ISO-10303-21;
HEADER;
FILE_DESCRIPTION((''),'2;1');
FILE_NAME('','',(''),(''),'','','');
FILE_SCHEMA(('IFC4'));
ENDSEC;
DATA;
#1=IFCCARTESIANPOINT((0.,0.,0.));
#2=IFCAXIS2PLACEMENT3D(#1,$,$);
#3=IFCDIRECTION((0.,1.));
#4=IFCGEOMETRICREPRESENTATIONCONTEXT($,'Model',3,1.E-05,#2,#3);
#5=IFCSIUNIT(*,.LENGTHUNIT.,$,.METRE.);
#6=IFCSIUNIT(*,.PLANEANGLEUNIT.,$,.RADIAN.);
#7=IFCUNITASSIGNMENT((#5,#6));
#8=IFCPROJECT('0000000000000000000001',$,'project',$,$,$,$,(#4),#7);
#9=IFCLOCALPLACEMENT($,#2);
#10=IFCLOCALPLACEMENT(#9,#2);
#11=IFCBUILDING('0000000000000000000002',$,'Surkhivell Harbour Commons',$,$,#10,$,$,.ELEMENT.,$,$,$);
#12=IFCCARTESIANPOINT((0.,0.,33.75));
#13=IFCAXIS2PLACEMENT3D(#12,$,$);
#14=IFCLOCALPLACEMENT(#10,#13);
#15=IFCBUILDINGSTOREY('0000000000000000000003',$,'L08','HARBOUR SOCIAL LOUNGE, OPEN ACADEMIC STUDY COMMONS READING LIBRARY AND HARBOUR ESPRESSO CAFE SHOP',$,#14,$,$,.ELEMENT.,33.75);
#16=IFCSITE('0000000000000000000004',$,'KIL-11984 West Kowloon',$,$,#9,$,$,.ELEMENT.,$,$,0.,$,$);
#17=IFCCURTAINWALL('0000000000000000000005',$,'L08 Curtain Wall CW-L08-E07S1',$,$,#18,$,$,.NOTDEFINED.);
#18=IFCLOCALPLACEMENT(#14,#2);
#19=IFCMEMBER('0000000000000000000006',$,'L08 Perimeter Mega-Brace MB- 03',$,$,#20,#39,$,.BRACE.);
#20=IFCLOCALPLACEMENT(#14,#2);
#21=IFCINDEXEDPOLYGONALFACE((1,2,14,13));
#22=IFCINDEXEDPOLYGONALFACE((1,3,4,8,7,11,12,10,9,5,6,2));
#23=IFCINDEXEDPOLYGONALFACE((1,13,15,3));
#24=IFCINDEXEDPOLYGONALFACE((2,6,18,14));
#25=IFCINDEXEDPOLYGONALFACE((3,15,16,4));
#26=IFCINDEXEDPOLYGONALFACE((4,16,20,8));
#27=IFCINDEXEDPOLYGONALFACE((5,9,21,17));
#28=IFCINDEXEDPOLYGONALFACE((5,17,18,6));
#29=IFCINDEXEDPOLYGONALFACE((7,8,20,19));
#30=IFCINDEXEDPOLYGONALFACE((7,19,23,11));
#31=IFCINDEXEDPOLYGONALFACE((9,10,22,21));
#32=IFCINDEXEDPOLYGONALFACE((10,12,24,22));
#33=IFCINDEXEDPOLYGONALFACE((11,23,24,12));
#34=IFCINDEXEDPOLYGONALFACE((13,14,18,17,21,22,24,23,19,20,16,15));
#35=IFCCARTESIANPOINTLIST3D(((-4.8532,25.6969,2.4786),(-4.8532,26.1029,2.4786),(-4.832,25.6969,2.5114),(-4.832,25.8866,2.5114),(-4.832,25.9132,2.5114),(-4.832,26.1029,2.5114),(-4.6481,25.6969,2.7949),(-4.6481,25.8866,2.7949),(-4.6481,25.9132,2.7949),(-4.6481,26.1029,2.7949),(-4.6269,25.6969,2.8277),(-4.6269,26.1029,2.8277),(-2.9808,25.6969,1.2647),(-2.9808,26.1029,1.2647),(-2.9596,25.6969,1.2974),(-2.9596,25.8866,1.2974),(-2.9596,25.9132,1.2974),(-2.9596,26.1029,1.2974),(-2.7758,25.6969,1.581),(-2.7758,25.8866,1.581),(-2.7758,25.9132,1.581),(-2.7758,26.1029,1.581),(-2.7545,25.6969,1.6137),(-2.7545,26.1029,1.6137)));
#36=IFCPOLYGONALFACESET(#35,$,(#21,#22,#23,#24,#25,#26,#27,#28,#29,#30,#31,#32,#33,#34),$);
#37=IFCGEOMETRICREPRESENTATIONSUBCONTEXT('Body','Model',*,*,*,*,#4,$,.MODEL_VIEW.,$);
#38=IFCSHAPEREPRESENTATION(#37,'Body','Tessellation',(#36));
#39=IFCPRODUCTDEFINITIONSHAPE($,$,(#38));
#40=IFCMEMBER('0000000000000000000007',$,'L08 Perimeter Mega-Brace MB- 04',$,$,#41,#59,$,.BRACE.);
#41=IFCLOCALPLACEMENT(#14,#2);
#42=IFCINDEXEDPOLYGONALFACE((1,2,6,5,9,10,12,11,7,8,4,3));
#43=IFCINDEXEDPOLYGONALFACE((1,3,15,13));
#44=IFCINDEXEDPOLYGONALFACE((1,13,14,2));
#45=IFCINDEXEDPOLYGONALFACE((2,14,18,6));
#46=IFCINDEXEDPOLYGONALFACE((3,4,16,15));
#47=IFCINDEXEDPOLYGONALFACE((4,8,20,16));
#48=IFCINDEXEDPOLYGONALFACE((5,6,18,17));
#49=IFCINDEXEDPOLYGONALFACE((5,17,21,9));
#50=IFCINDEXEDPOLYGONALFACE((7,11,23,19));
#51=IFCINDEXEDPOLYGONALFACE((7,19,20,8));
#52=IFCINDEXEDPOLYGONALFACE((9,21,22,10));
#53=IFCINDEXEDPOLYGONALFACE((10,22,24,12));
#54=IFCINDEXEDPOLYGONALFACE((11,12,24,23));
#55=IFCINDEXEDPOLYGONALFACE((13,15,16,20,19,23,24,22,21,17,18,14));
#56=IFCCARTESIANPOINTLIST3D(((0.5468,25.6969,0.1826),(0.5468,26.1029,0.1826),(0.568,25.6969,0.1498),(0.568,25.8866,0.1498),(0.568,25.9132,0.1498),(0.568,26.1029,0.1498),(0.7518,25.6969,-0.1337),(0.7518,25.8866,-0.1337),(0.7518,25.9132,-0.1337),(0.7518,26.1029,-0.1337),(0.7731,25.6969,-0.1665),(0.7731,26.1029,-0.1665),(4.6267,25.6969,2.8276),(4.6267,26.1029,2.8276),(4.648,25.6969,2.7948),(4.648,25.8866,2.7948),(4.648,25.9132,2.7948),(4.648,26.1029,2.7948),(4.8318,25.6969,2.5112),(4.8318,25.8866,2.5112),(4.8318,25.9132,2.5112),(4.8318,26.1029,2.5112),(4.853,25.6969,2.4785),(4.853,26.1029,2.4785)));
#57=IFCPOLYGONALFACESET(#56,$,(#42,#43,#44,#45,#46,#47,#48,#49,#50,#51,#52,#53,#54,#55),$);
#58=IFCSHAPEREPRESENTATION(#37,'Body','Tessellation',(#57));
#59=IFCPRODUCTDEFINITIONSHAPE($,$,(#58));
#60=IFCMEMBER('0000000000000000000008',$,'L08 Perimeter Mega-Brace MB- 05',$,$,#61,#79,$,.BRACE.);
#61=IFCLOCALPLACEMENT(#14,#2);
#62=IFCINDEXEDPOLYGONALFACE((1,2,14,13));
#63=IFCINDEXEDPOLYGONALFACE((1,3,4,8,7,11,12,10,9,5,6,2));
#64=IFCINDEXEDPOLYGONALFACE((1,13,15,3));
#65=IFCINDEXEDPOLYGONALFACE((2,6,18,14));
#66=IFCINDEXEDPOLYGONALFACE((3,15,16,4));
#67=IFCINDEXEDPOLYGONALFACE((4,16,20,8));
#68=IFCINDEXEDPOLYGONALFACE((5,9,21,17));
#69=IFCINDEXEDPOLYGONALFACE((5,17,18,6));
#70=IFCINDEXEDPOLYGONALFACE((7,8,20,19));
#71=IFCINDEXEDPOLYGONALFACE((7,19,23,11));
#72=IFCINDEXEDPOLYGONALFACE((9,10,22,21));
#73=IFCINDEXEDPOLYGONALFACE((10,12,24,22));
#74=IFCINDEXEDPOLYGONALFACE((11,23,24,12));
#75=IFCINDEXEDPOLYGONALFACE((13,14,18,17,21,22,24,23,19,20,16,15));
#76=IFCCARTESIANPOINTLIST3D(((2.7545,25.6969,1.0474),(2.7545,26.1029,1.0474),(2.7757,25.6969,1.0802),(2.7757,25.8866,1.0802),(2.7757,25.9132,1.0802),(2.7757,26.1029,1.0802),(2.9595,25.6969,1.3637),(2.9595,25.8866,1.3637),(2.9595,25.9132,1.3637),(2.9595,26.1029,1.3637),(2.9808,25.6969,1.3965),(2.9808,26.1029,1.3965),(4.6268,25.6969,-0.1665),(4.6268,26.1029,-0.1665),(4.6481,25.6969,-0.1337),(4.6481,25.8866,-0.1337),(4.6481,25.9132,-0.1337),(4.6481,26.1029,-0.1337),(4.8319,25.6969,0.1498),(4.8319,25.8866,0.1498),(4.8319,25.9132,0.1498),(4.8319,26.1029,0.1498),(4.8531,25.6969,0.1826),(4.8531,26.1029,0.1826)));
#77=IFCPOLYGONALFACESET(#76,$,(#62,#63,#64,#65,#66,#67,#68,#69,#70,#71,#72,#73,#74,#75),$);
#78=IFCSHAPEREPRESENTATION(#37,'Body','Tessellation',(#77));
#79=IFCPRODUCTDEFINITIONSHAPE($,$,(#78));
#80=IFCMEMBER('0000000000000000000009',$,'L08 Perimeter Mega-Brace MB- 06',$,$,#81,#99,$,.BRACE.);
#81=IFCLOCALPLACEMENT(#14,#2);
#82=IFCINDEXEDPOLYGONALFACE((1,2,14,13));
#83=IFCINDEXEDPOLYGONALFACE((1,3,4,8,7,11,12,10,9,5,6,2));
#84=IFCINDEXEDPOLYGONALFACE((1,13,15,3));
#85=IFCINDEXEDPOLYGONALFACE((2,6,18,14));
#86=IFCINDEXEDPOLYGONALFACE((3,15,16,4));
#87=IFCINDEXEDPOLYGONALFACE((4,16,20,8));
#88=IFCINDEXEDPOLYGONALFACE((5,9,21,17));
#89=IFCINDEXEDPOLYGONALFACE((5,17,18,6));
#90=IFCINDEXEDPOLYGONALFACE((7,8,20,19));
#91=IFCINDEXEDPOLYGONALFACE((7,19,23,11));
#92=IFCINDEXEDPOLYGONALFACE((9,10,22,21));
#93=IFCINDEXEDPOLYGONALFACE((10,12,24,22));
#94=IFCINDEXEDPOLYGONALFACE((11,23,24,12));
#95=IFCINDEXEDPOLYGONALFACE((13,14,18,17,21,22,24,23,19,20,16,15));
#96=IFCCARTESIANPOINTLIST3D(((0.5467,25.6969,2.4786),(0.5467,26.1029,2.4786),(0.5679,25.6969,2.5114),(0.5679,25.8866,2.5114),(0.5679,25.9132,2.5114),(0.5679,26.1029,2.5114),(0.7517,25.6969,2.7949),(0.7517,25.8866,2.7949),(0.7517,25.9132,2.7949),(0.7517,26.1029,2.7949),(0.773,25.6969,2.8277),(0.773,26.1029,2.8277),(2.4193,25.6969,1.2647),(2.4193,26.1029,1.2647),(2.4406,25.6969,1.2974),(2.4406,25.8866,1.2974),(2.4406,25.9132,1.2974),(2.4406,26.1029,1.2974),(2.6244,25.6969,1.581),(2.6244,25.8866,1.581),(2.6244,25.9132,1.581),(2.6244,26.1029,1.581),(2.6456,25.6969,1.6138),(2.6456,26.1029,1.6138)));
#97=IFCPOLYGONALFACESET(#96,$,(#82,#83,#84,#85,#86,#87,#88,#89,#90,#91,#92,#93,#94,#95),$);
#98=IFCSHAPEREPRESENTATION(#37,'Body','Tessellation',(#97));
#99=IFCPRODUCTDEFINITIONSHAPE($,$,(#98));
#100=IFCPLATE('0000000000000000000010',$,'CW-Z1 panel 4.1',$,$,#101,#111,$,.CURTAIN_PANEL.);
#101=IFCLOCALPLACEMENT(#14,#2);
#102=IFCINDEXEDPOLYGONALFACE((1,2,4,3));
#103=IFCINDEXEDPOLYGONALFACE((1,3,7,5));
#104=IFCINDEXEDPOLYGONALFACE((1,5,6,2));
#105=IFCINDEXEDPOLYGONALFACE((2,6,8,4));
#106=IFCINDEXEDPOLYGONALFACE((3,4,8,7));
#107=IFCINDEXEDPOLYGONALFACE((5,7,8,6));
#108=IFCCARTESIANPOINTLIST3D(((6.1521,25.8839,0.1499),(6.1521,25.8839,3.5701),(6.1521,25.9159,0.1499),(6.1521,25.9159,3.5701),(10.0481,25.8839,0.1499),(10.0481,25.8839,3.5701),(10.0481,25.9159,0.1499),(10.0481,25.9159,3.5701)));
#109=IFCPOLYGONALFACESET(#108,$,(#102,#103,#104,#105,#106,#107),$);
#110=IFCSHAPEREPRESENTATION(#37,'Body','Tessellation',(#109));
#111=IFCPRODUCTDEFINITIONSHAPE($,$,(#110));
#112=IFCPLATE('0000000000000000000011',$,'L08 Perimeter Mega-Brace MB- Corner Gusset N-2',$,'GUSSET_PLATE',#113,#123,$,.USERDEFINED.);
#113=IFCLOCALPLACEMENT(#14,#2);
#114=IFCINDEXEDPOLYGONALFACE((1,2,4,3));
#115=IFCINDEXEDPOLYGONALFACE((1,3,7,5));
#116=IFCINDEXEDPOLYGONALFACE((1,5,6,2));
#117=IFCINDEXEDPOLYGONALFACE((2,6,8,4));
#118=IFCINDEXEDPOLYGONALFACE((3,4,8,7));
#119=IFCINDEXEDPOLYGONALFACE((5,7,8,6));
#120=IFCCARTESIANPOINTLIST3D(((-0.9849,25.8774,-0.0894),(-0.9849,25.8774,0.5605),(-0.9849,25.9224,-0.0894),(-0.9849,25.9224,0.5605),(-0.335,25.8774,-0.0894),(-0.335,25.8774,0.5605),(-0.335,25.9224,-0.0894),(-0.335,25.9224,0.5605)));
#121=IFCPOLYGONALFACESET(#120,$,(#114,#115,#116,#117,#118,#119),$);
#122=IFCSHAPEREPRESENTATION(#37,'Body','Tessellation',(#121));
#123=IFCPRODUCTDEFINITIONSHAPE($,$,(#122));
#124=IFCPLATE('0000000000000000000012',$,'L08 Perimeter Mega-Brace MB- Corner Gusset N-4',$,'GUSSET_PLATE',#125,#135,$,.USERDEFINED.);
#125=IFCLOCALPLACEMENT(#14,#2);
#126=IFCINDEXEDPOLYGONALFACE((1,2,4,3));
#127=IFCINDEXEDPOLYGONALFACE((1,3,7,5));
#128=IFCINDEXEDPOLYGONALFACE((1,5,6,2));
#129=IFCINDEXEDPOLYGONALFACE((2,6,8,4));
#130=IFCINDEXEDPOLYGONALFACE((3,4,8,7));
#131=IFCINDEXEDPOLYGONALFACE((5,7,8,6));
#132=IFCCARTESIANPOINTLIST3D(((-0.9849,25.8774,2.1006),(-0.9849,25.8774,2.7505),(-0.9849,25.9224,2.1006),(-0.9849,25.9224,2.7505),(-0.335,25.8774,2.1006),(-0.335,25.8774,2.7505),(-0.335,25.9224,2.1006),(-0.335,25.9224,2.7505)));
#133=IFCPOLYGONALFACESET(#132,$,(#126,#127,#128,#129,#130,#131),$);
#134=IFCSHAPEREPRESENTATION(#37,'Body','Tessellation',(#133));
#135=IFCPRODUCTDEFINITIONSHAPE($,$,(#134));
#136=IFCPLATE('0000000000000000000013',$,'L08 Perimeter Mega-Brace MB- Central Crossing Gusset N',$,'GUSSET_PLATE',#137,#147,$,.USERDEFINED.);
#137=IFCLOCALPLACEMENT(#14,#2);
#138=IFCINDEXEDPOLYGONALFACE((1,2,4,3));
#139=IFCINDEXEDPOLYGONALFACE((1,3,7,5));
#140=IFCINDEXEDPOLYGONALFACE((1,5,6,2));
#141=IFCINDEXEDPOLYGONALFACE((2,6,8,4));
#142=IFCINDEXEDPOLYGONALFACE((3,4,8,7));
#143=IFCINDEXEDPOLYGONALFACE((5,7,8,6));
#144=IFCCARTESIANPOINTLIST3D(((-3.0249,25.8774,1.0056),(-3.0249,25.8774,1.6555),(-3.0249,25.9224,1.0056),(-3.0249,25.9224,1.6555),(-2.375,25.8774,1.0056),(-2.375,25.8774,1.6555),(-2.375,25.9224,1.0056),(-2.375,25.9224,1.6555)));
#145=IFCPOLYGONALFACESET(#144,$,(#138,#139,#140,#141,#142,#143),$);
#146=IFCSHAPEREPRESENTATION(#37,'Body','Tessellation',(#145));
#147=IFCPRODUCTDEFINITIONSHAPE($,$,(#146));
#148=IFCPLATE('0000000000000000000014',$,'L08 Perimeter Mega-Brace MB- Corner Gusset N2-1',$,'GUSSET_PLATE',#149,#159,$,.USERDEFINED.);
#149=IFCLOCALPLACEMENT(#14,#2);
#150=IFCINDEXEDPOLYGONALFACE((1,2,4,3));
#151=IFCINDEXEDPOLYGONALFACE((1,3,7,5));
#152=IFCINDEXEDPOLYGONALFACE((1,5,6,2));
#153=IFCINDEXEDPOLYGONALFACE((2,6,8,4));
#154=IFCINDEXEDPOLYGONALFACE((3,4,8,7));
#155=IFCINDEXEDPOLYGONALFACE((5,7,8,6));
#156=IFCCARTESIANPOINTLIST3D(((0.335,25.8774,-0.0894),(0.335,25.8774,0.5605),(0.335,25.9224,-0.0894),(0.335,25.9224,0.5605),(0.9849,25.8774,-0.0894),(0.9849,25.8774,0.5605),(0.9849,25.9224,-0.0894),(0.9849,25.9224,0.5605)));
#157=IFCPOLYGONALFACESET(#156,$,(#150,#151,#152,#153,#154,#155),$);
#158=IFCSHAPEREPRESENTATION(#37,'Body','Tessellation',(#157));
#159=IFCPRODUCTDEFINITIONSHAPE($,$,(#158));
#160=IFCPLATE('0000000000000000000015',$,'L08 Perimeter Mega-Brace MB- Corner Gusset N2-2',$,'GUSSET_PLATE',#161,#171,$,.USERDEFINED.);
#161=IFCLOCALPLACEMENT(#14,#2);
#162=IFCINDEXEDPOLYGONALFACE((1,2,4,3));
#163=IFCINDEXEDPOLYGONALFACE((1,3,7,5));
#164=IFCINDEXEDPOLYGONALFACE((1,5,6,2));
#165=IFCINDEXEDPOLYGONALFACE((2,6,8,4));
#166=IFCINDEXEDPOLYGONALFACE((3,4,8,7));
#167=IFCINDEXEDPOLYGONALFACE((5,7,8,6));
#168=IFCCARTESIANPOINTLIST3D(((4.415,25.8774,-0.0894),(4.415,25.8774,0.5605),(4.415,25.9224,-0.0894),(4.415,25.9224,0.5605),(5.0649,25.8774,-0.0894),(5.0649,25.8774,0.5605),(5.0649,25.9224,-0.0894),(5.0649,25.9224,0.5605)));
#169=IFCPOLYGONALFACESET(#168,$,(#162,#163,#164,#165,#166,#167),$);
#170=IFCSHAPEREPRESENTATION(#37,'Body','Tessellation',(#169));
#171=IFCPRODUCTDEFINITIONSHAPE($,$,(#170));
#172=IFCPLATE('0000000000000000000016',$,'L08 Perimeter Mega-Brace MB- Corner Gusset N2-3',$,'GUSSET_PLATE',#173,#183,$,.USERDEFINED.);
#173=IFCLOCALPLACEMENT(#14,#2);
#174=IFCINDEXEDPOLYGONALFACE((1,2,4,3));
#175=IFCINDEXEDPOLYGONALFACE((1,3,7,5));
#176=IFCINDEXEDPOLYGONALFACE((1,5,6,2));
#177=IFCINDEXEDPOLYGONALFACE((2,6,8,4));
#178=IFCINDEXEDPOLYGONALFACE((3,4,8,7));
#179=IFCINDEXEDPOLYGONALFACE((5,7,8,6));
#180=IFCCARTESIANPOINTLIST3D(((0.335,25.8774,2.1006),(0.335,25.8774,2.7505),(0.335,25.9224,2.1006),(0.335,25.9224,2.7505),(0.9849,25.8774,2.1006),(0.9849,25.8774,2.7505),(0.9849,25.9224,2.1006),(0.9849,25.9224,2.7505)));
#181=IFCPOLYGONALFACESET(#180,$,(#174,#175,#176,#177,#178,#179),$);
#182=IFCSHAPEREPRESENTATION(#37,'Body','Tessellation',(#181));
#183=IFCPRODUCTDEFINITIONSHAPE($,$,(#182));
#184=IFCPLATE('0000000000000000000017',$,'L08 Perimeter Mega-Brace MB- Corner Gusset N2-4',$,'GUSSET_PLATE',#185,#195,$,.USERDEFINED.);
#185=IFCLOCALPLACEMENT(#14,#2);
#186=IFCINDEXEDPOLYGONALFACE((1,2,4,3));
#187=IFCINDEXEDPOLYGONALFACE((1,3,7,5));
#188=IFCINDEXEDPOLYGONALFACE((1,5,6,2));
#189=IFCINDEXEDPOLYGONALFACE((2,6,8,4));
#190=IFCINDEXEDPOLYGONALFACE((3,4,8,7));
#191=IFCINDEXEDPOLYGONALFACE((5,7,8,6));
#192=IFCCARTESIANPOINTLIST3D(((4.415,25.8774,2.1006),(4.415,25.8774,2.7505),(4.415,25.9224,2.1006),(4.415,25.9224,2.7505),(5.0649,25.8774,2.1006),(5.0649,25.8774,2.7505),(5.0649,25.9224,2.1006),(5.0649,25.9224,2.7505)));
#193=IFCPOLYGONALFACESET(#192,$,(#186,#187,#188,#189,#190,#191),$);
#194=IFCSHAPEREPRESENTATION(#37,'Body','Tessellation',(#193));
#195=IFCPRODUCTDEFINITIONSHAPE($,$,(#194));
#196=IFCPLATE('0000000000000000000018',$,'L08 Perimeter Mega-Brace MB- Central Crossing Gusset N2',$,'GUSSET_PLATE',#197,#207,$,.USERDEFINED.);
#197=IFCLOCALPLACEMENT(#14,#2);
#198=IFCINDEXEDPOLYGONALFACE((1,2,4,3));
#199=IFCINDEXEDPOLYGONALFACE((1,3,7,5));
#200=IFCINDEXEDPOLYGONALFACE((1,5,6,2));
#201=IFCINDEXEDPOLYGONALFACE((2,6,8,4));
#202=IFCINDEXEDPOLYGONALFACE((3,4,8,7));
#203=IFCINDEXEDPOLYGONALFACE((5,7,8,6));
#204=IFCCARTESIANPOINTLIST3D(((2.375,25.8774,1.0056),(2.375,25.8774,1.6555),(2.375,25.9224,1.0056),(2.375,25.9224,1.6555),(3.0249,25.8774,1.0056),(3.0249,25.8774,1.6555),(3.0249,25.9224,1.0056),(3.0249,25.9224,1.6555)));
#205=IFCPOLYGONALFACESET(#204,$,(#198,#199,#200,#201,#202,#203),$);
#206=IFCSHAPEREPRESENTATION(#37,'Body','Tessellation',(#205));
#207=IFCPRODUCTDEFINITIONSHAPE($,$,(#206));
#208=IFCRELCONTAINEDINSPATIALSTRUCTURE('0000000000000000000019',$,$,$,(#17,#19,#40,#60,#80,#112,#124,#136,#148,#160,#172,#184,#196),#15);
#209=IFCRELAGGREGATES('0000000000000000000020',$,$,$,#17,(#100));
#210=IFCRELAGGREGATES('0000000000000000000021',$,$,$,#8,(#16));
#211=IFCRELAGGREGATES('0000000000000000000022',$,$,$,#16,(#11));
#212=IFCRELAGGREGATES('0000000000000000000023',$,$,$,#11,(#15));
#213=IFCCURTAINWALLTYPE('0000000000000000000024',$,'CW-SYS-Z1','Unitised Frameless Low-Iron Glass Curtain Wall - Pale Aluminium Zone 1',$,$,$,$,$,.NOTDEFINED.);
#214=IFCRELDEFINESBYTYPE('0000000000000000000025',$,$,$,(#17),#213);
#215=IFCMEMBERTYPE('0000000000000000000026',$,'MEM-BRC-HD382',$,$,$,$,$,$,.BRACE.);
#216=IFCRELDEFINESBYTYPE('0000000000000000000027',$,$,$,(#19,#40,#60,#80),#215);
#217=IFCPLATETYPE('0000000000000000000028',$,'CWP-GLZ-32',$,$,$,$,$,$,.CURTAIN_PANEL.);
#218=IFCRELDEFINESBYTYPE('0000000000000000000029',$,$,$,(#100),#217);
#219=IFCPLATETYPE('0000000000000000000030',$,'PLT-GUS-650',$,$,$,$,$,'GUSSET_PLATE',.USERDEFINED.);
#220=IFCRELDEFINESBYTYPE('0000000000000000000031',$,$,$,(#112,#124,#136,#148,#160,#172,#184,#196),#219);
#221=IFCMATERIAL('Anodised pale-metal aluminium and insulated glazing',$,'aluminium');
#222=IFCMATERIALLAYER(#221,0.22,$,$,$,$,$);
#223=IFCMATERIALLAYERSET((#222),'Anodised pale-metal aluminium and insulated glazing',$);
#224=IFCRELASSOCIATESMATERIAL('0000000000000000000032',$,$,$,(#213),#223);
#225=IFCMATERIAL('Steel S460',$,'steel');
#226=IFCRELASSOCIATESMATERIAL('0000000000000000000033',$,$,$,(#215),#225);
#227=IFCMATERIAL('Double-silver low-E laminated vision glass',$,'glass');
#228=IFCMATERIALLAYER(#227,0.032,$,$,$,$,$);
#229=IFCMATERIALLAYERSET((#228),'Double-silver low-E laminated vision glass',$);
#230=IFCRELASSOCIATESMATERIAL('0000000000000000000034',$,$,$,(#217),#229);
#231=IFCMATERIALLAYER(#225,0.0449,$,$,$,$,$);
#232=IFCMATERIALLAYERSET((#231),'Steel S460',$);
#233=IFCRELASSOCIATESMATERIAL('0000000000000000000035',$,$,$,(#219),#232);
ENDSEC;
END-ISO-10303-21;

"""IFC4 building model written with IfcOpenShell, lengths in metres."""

from ifc_helpers import new_model, si_unit, direction, frame, frame_2d, origin, origin_2d, place, context, subcontext, project, spatial, rectangle, i_section, extrude, material, layer, layer_set, material_profile, profile_set, type_object, element, aggregate, save


model = new_model("IFC4")

# Units and contexts
model_context = context("Model", 3, precision=1e-05, world=origin(), true_north=direction((0.0, 1.0)))
body_context = subcontext(model_context, "Body", "Model", "MODEL_VIEW")
ifc_project = project(units=[si_unit("LENGTHUNIT", "METRE"), si_unit("PLANEANGLEUNIT", "RADIAN")], contexts=[model_context])

# Site, building, storey
site_placement = place(None, origin())
site = spatial("IfcSite", under=ifc_project, at=site_placement, Name="KIL-11984 West Kowloon", CompositionType="ELEMENT", RefElevation=0.0)
building_placement = place(site_placement, origin())
building = spatial("IfcBuilding", under=site, at=building_placement, Name="Surkhivell Harbour Commons", CompositionType="ELEMENT")
storey_placement = place(building_placement, frame((0.0, 0.0, 33.75)))
storey = spatial("IfcBuildingStorey", under=building, at=storey_placement, Name="L08", Description="HARBOUR SOCIAL LOUNGE, OPEN ACADEMIC STUDY COMMONS READING LIBRARY AND HARBOUR ESPRESSO CAFE SHOP", CompositionType="ELEMENT", Elevation=33.75)

# Shared definitions
ifc_material_1 = material(Name="Steel S460", Category="steel")

# Curtain wall
ifc_material_2 = material(Name="Anodised pale-metal aluminium and insulated glazing", Category="aluminium")
ifc_layer_1 = layer(ifc_material_2, 0.22)
ifc_layer_set_1 = layer_set([ifc_layer_1], Name="Anodised pale-metal aluminium and insulated glazing")
curtain_wall_type = type_object("IfcCurtainWallType", Name="CW-SYS-Z1", Description="Unitised Frameless Low-Iron Glass Curtain Wall - Pale Aluminium Zone 1", PredefinedType="NOTDEFINED", material=ifc_layer_set_1)
curtain_wall_placement = place(storey_placement, origin())
curtain_wall = element("IfcCurtainWall", 1, at=curtain_wall_placement, inside=storey, type_object=curtain_wall_type, Name="L08 Curtain Wall CW-L08-E07S1", PredefinedType="NOTDEFINED")

# Members
ifc_material_profile_1 = material_profile(ifc_material_1, i_section(OverallWidth=0.406, OverallDepth=0.416, WebThickness=0.0266, FlangeThickness=0.0391, at=origin_2d()), Name="HD400x382")
ifc_profile_set_1 = profile_set([ifc_material_profile_1], Name="Steel S460")
member_type_1 = type_object("IfcMemberType", Name="MEM-BRC-HD382", PredefinedType="BRACE", material=ifc_profile_set_1)
member_1_placement = place(storey_placement, frame((-2.8677, 25.8999, 1.4392), z_axis=(-0.839085, 0.0, 0.544), x_axis=(0.0, -1.0, 0.0)))
element("IfcMember", 2, at=member_1_placement, inside=storey, type_object=member_type_1, Name="L08 Perimeter Mega-Brace MB- 03", PredefinedType="BRACE", context=body_context, shape_type="SweptSolid", body=[
    extrude(i_section(OverallWidth=0.406, OverallDepth=0.416, WebThickness=0.0266, FlangeThickness=0.0391, at=origin_2d()), origin(), (0.0, 0.0, 1.0), 2.2314),
])
member_2_placement = place(storey_placement, frame((0.6599, 25.8999, 0.0081), z_axis=(0.839104, 0.0, 0.543971), x_axis=(0.0, 1.0, 0.0)))
element("IfcMember", 3, at=member_2_placement, inside=storey, type_object=member_type_1, Name="L08 Perimeter Mega-Brace MB- 04", PredefinedType="BRACE", context=body_context, shape_type="SweptSolid", body=[
    extrude(i_section(OverallWidth=0.406, OverallDepth=0.416, WebThickness=0.0266, FlangeThickness=0.0391, at=origin_2d()), origin(), (0.0, 0.0, 1.0), 4.8623),
])
member_3_placement = place(storey_placement, frame((4.74, 25.8999, 0.0081), z_axis=(-0.839085, 0.0, 0.544), x_axis=(0.0, -1.0, 0.0)))
element("IfcMember", 4, at=member_3_placement, inside=storey, type_object=member_type_1, Name="L08 Perimeter Mega-Brace MB- 05", PredefinedType="BRACE", context=body_context, shape_type="SweptSolid", body=[
    extrude(i_section(OverallWidth=0.406, OverallDepth=0.416, WebThickness=0.0266, FlangeThickness=0.0391, at=origin_2d()), origin(), (0.0, 0.0, 1.0), 2.2314),
])
member_4_placement = place(storey_placement, frame((2.5325, 25.8999, 1.4392), z_axis=(-0.839118, 0.0, 0.54395), x_axis=(0.0, -1.0, 0.0)))
element("IfcMember", 5, at=member_4_placement, inside=storey, type_object=member_type_1, Name="L08 Perimeter Mega-Brace MB- 06", PredefinedType="BRACE", context=body_context, shape_type="SweptSolid", body=[
    extrude(i_section(OverallWidth=0.406, OverallDepth=0.416, WebThickness=0.0266, FlangeThickness=0.0391, at=origin_2d()), origin(), (0.0, 0.0, 1.0), 2.2317),
])

# Plate
ifc_material_3 = material(Name="Double-silver low-E laminated vision glass", Category="glass")
ifc_layer_2 = layer(ifc_material_3, 0.032)
ifc_layer_set_2 = layer_set([ifc_layer_2], Name="Double-silver low-E laminated vision glass")
plate_type_1 = type_object("IfcPlateType", Name="CWP-GLZ-32", PredefinedType="CURTAIN_PANEL", material=ifc_layer_set_2)
plate_placement = place(storey_placement, frame((10.0481, 25.8999, 0.1499), z_axis=(0.0, 0.0, 1.0), x_axis=(-1.0, 0.0, 0.0)))
plate = element("IfcPlate", 6, at=plate_placement, type_object=plate_type_1, Name="CW-Z1 panel 4.1", PredefinedType="CURTAIN_PANEL", context=body_context, shape_type="SweptSolid", body=[
    extrude(rectangle(XDim=3.896, YDim=0.032, at=frame_2d((1.948, 0.0))), origin(), (0.0, 0.0, 1.0), 3.4202),
])
aggregate(curtain_wall, [plate])

# Plates
ifc_layer_3 = layer(ifc_material_1, 0.0449)
ifc_layer_set_3 = layer_set([ifc_layer_3], Name="Steel S460")
plate_type_2 = type_object("IfcPlateType", Name="PLT-GUS-650", ElementType="GUSSET_PLATE", PredefinedType="USERDEFINED", material=ifc_layer_set_3)
for number, where, z_axis, x_axis, name in (
    (7, (-0.6599, 25.8999, -0.0894), (0.0, 0.0, 1.0), (1.0, 0.0, 0.0), "L08 Perimeter Mega-Brace MB- Corner Gusset N-2"),
    (8, (-0.6599, 25.8999, 2.1006), (0.0, 0.0, 1.0), (1.0, 0.0, 0.0), "L08 Perimeter Mega-Brace MB- Corner Gusset N-4"),
    (9, (-2.7, 25.8999, 1.0056), (0.0, 0.0, 1.0), (1.0, 0.0, 0.0), "L08 Perimeter Mega-Brace MB- Central Crossing Gusset N"),
    (10, (0.6599, 25.8999, -0.0894), (0.0, 0.0, 1.0), (1.0, 0.0, 0.0), "L08 Perimeter Mega-Brace MB- Corner Gusset N2-1"),
    (11, (4.74, 25.8999, -0.0894), (0.0, 0.0, 1.0), (1.0, 0.0, 0.0), "L08 Perimeter Mega-Brace MB- Corner Gusset N2-2"),
    (12, (0.6599, 25.8999, 2.1006), (0.0, 0.0, 1.0), (1.0, 0.0, 0.0), "L08 Perimeter Mega-Brace MB- Corner Gusset N2-3"),
    (13, (4.74, 25.8999, 2.1006), (0.0, 0.0, 1.0), (1.0, 0.0, 0.0), "L08 Perimeter Mega-Brace MB- Corner Gusset N2-4"),
    (14, (2.7, 25.8999, 1.0056), (0.0, 0.0, 1.0), (1.0, 0.0, 0.0), "L08 Perimeter Mega-Brace MB- Central Crossing Gusset N2"),
):
    element("IfcPlate", number, at=place(storey_placement, frame(where, z_axis=z_axis, x_axis=x_axis)), inside=storey, type_object=plate_type_2, Name=name, ObjectType="GUSSET_PLATE", PredefinedType="USERDEFINED", context=body_context, shape_type="SweptSolid", body=[
        extrude(rectangle(XDim=0.6499, YDim=0.0449, at=origin_2d()), origin(), (0.0, 0.0, 1.0), 0.6499),
    ])

save(model, "model.ifc")
